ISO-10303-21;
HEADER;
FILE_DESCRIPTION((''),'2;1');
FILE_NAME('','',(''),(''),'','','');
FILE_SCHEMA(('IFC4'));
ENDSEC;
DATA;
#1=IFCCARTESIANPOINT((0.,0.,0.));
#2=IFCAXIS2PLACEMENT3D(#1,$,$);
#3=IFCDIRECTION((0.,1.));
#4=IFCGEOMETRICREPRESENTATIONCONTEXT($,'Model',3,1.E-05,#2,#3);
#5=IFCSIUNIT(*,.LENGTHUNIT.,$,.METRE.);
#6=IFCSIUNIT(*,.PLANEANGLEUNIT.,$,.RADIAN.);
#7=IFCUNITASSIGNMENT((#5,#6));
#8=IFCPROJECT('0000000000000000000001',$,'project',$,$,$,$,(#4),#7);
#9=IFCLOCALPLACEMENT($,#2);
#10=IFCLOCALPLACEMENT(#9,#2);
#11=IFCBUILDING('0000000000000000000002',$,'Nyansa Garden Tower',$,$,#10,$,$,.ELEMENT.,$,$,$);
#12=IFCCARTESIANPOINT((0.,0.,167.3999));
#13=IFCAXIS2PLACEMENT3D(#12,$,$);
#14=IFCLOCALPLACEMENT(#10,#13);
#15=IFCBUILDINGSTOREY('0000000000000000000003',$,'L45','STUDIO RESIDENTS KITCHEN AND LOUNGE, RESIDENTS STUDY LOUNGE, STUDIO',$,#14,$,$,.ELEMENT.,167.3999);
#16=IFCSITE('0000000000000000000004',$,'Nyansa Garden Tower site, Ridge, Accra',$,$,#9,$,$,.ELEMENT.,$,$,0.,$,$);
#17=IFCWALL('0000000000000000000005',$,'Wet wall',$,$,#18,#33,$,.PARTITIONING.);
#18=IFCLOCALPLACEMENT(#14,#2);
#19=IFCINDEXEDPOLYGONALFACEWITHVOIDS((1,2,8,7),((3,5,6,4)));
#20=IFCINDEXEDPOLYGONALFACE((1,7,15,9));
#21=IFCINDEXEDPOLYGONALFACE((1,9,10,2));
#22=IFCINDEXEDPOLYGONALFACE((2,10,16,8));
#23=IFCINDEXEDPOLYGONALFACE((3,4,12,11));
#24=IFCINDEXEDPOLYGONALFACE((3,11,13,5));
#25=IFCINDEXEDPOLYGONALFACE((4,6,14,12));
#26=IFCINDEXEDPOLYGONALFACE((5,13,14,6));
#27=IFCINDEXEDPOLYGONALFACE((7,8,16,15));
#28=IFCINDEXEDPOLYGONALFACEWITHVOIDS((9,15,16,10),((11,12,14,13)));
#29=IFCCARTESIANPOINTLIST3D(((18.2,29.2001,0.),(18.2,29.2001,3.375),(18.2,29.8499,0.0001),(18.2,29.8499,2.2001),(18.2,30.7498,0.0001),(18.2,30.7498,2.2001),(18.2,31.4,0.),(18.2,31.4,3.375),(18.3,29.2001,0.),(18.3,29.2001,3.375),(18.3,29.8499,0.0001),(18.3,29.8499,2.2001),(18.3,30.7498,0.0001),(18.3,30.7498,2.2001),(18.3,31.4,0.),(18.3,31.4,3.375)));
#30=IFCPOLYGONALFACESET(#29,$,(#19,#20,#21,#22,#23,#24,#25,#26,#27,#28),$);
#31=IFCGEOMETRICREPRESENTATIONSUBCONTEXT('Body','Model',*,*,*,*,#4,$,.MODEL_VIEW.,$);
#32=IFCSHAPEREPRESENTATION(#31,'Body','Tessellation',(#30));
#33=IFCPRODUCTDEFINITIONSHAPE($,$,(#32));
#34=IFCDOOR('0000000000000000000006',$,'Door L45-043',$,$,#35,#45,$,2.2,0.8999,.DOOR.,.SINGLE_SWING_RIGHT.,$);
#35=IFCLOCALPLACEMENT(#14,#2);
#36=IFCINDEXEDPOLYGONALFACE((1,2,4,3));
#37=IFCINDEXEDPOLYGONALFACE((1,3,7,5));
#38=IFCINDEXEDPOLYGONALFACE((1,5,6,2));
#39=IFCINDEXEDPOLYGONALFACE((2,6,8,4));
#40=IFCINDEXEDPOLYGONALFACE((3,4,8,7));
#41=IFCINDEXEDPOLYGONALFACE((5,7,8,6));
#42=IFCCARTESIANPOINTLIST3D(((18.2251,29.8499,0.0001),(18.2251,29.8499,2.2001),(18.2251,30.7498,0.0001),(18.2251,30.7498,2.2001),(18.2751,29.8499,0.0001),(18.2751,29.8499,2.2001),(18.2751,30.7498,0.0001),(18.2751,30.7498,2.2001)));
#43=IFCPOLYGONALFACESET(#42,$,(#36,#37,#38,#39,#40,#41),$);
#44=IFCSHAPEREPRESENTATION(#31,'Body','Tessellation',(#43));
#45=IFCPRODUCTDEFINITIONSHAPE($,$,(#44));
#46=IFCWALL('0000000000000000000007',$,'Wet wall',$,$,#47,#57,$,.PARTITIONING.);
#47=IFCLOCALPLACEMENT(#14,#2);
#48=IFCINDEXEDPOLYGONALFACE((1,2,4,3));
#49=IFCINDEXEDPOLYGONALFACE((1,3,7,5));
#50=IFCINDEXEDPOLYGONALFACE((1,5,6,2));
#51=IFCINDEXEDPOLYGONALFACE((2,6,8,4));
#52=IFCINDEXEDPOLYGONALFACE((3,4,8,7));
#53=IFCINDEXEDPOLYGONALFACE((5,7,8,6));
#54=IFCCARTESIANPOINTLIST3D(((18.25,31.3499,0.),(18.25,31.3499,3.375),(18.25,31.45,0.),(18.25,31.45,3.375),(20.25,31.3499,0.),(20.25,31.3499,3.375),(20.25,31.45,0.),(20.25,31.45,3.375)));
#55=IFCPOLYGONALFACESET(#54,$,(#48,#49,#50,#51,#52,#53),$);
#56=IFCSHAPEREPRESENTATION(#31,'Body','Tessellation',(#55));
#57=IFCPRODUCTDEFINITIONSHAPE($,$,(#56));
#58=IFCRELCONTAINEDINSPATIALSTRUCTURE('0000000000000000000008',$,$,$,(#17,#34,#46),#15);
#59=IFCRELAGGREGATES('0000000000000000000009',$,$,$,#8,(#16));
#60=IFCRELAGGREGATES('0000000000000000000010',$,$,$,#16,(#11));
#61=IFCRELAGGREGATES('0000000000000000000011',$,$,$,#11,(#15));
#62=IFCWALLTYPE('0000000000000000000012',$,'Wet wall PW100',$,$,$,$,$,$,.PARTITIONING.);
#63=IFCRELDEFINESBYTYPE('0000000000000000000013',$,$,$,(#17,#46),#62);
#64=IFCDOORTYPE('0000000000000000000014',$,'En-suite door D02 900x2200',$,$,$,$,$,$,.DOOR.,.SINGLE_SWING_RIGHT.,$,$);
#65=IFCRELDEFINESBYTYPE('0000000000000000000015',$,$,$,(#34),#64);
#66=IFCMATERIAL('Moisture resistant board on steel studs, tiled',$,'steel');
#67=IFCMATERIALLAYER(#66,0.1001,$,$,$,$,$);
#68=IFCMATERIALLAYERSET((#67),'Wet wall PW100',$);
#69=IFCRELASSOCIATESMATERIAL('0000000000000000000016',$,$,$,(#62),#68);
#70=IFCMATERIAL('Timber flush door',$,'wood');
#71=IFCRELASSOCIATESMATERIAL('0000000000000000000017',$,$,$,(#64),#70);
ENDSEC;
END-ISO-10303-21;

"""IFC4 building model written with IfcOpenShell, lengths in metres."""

from ifc_helpers import new_model, si_unit, direction, frame, frame_2d, origin, place, context, subcontext, project, spatial, rectangle, extrude, material, layer, layer_set, type_object, element, fill, save


model = new_model("IFC4")

# Units and contexts
model_context = context("Model", 3, precision=1e-05, world=origin(), true_north=direction((0.0, 1.0)))
body_context = subcontext(model_context, "Body", "Model", "MODEL_VIEW")
ifc_project = project(units=[si_unit("LENGTHUNIT", "METRE"), si_unit("PLANEANGLEUNIT", "RADIAN")], contexts=[model_context])

# Site, building, storey
site_placement = place(None, origin())
site = spatial("IfcSite", under=ifc_project, at=site_placement, Name="Nyansa Garden Tower site, Ridge, Accra", CompositionType="ELEMENT", RefElevation=0.0)
building_placement = place(site_placement, origin())
building = spatial("IfcBuilding", under=site, at=building_placement, Name="Nyansa Garden Tower", CompositionType="ELEMENT")
storey_placement = place(building_placement, frame((0.0, 0.0, 167.3999)))
storey = spatial("IfcBuildingStorey", under=building, at=storey_placement, Name="L45", Description="STUDIO RESIDENTS KITCHEN AND LOUNGE, RESIDENTS STUDY LOUNGE, STUDIO", CompositionType="ELEMENT", Elevation=167.3999)

# Wall, opening, door
ifc_material_1 = material(Name="Moisture resistant board on steel studs, tiled", Category="steel")
ifc_layer_1 = layer(ifc_material_1, 0.1001)
ifc_layer_set_1 = layer_set([ifc_layer_1], Name="Wet wall PW100")
wall_type_1 = type_object("IfcWallType", Name="Wet wall PW100", PredefinedType="PARTITIONING", material=ifc_layer_set_1)
wall_1_placement = place(storey_placement, frame((18.25, 29.2, 0.0), z_axis=(0.0, 0.0, 1.0), x_axis=(0.0, 1.0, 0.0)))
wall_1 = element("IfcWall", 1, at=wall_1_placement, inside=storey, type_object=wall_type_1, Name="Wet wall", PredefinedType="PARTITIONING", context=body_context, shape_type="SweptSolid", body=[
    extrude(rectangle(XDim=2.2, YDim=0.1001, at=frame_2d((1.1001, 0.0))), origin(), (0.0, 0.0, 1.0), 3.375),
])
opening_placement = place(wall_1_placement, frame((0.6499, 0.0, 0.0)))
opening = element("IfcOpeningElement", 2, at=opening_placement, cuts=wall_1, PredefinedType="OPENING", context=body_context, shape_type="SweptSolid", body=[
    extrude(rectangle(XDim=0.8999, YDim=2.2, at=frame_2d((0.45, 1.1001))), frame((0.0, 0.0601, 0.0), z_axis=(0.0, -1.0, 0.0), x_axis=(1.0, 0.0, 0.0)), (0.0, 0.0, 1.0), 0.1201),
])
ifc_material_2 = material(Name="Timber flush door", Category="wood")
door_type = type_object("IfcDoorType", Name="En-suite door D02 900x2200", OperationType="SINGLE_SWING_RIGHT", PredefinedType="DOOR", material=ifc_material_2)
door_placement = place(opening_placement, origin())
door = element("IfcDoor", 3, at=door_placement, inside=storey, type_object=door_type, Name="Door L45-043", OperationType="SINGLE_SWING_RIGHT", OverallHeight=2.2, OverallWidth=0.8999, PredefinedType="DOOR", context=body_context, shape_type="SweptSolid", body=[
    extrude(rectangle(XDim=0.8999, YDim=2.2, at=frame_2d((0.45, 1.1001))), frame((0.0, 0.0249, 0.0), z_axis=(0.0, -1.0, 0.0), x_axis=(1.0, 0.0, 0.0)), (0.0, 0.0, 1.0), 0.05),
])
fill(opening, door)

# Wall
wall_2_placement = place(storey_placement, frame((18.25, 31.3999, 0.0), z_axis=(0.0, 0.0, 1.0), x_axis=(1.0, 0.0, 0.0)))
element("IfcWall", 4, at=wall_2_placement, inside=storey, type_object=wall_type_1, Name="Wet wall", PredefinedType="PARTITIONING", context=body_context, shape_type="SweptSolid", body=[
    extrude(rectangle(XDim=2.0, YDim=0.1001, at=frame_2d((1.0, 0.0))), origin(), (0.0, 0.0, 1.0), 3.375),
])

save(model, "model.ifc")
